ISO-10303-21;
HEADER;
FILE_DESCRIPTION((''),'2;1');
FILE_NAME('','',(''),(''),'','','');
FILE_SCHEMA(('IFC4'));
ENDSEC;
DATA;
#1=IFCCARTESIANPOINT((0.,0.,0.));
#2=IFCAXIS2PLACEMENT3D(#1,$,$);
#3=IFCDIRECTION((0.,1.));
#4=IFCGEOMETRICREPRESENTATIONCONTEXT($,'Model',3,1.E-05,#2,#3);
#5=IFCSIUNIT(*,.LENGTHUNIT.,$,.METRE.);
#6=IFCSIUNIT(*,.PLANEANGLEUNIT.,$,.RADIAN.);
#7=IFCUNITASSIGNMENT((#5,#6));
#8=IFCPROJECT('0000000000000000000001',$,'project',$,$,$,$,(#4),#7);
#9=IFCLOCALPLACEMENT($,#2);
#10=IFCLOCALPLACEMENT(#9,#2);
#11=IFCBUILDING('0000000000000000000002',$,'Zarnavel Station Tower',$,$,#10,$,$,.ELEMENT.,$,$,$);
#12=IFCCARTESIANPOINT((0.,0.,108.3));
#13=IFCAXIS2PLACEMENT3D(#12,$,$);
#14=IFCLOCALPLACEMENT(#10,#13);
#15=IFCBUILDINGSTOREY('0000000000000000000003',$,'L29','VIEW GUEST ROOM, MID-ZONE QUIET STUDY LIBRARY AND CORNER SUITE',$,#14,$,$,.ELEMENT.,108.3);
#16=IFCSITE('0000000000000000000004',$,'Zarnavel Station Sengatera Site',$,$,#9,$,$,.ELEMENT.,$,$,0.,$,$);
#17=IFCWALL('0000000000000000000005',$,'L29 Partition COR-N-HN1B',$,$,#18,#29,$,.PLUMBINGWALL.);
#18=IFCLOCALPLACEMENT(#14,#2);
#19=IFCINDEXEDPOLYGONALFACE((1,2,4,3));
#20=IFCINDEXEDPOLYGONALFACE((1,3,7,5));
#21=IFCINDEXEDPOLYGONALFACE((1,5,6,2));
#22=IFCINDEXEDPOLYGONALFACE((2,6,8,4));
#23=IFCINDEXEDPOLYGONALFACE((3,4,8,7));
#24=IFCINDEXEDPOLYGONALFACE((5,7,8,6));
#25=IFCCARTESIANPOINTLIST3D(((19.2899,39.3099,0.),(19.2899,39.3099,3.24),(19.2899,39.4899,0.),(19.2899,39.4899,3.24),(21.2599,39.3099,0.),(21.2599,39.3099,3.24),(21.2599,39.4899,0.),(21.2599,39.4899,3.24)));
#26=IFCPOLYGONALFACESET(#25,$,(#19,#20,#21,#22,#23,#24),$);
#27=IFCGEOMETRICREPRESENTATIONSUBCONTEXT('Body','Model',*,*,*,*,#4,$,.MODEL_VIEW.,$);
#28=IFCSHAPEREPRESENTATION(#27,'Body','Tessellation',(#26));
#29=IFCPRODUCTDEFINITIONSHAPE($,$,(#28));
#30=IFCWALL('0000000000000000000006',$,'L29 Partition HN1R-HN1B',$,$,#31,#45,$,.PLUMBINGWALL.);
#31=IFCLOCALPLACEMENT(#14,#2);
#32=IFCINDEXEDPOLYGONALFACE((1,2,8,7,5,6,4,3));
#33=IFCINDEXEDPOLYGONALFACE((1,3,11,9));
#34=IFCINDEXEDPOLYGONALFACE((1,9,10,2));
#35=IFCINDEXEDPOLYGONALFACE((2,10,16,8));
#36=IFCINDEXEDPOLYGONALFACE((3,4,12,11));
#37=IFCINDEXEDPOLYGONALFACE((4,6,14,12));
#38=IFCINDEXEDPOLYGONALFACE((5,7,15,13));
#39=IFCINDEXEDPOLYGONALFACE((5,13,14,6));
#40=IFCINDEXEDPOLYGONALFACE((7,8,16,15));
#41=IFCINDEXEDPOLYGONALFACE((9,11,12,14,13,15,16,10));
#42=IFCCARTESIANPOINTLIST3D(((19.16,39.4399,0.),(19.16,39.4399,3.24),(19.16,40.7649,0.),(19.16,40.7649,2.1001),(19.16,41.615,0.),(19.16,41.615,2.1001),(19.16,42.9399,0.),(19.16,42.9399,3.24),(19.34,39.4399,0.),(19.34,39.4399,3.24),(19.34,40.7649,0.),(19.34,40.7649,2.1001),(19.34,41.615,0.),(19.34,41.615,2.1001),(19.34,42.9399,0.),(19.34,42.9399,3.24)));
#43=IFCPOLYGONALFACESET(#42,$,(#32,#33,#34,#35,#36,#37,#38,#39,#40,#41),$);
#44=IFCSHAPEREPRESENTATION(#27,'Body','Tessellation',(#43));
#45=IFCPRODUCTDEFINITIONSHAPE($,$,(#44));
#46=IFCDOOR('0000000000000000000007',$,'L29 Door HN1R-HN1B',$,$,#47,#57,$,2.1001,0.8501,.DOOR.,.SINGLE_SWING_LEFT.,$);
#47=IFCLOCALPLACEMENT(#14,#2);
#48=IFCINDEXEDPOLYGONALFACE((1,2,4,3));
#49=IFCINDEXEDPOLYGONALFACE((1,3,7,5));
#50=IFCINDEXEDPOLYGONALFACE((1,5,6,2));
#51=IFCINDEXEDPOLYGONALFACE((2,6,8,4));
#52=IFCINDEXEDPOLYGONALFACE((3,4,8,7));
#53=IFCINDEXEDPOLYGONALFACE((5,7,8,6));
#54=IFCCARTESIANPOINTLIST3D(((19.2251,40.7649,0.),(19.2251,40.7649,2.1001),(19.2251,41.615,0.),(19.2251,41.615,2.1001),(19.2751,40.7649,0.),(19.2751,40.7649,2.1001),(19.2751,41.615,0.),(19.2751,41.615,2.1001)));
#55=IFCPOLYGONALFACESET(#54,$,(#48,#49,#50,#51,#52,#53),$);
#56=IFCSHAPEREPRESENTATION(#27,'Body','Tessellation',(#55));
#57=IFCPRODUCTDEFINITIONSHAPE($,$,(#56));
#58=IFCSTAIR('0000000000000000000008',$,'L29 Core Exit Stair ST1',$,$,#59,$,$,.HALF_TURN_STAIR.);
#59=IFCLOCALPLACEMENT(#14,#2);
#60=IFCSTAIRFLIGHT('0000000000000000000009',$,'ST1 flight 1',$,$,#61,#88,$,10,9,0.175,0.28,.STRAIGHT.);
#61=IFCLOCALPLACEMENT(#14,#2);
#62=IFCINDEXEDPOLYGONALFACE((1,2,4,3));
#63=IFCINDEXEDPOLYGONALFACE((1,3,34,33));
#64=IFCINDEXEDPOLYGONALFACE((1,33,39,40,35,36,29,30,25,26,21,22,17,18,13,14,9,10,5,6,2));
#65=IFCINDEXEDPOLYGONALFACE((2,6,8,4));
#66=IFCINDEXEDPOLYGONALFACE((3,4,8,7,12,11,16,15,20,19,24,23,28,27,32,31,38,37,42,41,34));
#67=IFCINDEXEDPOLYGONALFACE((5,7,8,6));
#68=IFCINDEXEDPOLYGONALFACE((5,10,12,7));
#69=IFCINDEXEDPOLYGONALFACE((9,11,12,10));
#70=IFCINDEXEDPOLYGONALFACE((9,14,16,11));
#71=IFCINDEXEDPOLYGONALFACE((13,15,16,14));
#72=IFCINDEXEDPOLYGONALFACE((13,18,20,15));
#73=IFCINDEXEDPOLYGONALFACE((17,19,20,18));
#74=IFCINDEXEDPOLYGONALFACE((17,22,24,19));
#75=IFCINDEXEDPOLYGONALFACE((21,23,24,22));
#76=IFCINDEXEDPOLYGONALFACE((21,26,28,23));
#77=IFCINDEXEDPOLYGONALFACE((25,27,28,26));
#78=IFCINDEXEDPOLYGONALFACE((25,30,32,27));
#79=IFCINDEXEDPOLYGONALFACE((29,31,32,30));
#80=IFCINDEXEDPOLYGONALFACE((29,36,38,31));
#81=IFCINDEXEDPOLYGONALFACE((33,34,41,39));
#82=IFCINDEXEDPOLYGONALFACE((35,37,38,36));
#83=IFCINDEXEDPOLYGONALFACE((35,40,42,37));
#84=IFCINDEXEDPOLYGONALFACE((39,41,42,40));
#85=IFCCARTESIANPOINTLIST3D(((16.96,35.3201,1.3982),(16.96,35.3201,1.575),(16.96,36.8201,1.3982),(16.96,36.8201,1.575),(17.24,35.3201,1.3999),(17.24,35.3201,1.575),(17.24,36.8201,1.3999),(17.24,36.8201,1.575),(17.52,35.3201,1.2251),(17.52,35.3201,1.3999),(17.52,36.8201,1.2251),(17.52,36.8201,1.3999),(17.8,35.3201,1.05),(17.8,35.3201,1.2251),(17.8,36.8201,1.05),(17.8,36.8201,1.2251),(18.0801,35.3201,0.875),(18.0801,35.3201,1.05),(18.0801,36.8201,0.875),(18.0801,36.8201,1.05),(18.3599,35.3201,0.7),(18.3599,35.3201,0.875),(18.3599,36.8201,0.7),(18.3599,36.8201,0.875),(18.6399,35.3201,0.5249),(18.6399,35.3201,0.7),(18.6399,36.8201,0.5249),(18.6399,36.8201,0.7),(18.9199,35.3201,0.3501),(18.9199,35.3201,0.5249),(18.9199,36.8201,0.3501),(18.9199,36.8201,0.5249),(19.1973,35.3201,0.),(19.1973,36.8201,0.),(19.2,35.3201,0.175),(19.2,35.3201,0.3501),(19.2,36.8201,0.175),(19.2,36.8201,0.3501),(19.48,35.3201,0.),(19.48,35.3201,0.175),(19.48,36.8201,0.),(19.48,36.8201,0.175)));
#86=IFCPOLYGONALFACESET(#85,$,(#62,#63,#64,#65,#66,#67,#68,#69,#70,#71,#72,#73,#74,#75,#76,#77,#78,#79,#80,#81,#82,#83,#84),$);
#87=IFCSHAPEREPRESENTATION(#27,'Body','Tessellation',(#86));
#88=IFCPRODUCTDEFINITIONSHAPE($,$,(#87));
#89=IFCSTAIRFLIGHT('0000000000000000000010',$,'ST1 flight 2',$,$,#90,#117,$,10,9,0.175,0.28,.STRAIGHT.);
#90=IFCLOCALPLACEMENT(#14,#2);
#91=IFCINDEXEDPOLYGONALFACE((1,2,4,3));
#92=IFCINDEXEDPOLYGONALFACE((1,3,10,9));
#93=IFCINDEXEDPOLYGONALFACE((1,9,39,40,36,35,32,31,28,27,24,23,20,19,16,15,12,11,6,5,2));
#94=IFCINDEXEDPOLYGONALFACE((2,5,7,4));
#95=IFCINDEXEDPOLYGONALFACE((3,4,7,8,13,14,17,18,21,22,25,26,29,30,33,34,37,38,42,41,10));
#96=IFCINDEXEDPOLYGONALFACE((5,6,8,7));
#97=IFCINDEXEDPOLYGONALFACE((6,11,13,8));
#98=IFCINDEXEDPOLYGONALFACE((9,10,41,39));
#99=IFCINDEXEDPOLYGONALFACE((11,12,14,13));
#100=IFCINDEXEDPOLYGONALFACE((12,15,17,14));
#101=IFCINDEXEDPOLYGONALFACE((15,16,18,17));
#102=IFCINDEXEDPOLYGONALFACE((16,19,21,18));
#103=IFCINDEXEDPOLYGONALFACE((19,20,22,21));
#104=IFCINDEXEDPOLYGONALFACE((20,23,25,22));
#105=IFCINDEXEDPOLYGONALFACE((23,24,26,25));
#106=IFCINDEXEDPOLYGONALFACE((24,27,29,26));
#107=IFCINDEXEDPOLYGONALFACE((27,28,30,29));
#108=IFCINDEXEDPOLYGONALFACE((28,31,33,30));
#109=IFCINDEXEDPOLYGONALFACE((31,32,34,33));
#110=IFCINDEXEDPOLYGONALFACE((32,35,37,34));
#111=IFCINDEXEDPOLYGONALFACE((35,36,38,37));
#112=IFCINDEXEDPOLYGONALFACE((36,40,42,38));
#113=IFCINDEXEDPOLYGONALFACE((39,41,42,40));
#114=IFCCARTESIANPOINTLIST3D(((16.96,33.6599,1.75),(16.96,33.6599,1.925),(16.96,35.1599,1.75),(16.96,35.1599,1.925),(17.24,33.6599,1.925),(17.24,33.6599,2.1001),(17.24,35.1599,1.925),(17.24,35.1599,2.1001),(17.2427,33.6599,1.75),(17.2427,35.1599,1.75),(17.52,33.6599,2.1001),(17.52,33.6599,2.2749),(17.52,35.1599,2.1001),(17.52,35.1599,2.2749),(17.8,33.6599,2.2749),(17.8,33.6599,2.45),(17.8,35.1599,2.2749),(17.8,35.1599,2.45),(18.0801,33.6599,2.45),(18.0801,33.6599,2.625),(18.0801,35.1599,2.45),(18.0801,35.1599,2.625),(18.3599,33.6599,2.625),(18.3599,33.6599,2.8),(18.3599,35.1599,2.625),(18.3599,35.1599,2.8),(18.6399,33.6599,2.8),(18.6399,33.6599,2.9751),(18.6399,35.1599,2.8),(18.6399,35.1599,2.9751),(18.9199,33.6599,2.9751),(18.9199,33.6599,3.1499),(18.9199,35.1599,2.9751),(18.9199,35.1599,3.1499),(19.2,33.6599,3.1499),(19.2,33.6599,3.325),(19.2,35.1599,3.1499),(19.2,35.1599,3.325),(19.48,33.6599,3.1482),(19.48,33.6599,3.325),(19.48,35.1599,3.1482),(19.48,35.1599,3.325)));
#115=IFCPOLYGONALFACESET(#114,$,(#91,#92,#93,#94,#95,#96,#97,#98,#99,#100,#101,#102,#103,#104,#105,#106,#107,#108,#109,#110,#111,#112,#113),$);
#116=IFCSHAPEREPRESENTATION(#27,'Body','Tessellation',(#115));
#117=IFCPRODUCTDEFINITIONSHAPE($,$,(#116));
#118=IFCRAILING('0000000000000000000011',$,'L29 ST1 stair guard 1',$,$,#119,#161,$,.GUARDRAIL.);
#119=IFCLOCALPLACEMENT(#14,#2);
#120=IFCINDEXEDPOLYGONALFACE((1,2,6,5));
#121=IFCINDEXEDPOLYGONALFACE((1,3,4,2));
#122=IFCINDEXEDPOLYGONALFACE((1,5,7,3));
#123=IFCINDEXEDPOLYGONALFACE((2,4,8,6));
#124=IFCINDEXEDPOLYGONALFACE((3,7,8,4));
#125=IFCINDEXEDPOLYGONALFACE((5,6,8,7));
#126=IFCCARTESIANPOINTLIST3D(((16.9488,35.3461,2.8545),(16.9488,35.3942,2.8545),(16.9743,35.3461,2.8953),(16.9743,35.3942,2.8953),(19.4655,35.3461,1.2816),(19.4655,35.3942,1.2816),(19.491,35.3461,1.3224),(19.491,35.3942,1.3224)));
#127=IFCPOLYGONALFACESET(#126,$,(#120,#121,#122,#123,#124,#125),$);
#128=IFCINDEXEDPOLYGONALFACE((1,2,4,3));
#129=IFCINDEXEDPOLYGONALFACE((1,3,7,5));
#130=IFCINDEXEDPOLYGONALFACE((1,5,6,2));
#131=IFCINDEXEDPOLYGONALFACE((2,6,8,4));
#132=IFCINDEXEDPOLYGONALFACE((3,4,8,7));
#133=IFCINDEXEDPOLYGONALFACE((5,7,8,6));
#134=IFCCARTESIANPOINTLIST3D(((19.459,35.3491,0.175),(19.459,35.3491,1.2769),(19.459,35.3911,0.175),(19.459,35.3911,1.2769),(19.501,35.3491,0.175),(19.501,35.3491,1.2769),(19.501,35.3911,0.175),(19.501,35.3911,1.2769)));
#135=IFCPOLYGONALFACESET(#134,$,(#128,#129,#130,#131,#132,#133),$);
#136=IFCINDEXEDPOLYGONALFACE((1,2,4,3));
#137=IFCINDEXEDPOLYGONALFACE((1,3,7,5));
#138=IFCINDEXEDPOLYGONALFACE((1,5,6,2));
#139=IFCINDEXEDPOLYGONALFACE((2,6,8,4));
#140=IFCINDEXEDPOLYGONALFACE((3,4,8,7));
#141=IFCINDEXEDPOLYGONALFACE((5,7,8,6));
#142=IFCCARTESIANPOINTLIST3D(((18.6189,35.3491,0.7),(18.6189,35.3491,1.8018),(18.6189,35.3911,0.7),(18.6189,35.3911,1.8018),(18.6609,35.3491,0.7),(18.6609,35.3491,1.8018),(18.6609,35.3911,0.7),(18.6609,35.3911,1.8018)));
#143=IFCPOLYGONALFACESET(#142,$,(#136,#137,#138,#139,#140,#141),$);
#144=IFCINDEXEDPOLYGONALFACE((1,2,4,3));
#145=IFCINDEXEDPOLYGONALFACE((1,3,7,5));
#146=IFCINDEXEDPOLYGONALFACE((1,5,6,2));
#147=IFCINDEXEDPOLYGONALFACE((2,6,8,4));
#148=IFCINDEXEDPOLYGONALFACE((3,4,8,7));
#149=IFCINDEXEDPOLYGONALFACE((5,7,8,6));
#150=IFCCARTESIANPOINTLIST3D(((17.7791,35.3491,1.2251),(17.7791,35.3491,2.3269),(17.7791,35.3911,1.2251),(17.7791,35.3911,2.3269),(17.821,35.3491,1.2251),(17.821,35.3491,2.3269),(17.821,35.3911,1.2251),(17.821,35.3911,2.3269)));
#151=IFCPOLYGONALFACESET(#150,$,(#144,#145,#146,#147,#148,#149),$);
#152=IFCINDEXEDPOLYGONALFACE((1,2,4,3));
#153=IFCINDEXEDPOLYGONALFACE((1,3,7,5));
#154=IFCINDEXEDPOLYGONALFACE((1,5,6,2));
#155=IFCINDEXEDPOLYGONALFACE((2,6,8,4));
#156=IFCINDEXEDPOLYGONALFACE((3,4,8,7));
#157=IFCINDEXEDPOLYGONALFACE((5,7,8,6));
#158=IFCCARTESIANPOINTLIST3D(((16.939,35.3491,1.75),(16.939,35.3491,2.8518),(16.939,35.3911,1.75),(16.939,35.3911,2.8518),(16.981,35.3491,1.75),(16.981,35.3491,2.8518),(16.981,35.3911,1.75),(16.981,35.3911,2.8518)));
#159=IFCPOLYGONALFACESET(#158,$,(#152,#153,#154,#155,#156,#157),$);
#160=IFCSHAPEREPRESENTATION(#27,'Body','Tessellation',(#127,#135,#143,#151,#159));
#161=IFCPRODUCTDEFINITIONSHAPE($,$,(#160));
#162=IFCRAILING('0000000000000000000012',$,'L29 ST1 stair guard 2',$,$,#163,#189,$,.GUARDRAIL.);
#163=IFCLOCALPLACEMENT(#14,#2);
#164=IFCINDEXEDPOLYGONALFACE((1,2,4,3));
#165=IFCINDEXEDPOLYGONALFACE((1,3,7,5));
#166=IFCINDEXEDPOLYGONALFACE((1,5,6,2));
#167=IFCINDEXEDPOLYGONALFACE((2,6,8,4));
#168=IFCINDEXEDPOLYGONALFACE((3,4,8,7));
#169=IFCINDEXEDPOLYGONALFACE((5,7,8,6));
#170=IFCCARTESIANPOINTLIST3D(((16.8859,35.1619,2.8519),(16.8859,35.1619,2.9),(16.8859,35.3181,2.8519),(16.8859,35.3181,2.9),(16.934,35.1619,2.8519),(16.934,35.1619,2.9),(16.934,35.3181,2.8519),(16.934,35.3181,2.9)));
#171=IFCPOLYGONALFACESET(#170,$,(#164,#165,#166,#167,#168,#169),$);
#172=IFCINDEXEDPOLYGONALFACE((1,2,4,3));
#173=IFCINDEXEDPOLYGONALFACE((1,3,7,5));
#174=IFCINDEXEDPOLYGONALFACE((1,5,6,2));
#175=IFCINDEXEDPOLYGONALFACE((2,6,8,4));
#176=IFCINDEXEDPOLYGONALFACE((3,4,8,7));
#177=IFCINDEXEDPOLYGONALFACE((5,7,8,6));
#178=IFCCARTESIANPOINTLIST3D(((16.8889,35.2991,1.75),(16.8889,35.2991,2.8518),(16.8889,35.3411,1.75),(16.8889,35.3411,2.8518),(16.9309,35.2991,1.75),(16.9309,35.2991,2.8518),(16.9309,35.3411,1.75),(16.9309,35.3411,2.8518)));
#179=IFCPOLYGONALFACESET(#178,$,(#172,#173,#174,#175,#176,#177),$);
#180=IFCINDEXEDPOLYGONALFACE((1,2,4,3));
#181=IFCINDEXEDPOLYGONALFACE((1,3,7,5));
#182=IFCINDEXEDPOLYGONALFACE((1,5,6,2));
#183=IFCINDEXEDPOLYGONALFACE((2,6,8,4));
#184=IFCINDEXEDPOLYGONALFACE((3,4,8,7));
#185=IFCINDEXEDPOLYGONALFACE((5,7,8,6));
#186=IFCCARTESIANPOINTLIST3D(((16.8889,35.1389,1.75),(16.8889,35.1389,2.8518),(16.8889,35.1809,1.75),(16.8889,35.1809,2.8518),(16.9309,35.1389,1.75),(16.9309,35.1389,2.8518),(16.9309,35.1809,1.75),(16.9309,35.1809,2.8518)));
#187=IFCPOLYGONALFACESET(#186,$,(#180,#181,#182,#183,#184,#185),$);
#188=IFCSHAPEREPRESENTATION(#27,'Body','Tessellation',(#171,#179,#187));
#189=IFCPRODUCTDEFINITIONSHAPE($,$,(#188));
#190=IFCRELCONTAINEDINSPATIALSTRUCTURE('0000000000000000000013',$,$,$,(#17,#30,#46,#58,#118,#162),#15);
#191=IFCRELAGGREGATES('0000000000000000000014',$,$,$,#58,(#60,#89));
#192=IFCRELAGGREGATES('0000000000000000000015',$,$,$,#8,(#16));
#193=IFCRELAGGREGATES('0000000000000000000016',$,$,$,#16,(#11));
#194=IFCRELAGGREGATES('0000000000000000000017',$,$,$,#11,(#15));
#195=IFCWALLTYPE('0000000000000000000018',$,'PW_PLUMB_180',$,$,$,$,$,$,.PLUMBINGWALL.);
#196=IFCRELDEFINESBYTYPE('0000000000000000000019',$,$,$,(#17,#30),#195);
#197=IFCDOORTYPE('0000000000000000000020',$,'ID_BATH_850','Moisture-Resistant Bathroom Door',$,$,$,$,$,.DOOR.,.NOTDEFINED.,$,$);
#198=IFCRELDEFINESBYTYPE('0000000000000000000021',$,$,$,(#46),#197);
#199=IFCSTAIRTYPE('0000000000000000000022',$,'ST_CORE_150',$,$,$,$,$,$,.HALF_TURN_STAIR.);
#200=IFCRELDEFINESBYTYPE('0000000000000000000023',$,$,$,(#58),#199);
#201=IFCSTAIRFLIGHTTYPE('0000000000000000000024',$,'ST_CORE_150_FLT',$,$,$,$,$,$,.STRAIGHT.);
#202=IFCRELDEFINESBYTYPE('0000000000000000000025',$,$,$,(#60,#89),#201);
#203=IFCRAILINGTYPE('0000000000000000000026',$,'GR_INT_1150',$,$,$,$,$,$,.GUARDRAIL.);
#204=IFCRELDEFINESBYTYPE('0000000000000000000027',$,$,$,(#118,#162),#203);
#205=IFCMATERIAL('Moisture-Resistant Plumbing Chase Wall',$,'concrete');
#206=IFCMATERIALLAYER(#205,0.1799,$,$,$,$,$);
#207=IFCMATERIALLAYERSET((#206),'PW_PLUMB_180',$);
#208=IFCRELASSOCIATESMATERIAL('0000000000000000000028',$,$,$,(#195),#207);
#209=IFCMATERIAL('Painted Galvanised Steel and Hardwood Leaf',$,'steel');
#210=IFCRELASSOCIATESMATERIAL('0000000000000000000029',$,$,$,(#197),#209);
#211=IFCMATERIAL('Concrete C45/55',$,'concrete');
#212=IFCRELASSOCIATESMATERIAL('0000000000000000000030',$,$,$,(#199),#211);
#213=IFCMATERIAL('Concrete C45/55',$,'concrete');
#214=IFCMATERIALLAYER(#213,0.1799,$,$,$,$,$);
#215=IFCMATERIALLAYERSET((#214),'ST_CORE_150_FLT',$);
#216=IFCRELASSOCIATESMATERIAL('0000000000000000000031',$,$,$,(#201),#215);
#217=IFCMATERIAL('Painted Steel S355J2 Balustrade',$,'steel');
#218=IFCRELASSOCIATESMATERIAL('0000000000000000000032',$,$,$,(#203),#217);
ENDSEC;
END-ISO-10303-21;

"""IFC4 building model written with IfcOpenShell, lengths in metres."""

from ifc_helpers import new_model, si_unit, direction, frame, frame_2d, origin, origin_2d, place, context, subcontext, project, spatial, polyline, rectangle, outline, extrude, material, layer, layer_set, type_object, element, fill, aggregate, save


model = new_model("IFC4")

# Units and contexts
model_context = context("Model", 3, precision=1e-05, world=origin(), true_north=direction((0.0, 1.0)))
body_context = subcontext(model_context, "Body", "Model", "MODEL_VIEW")
ifc_project = project(units=[si_unit("LENGTHUNIT", "METRE"), si_unit("PLANEANGLEUNIT", "RADIAN")], contexts=[model_context])

# Site, building, storey
site_placement = place(None, origin())
site = spatial("IfcSite", under=ifc_project, at=site_placement, Name="Zarnavel Station Sengatera Site", CompositionType="ELEMENT", RefElevation=0.0)
building_placement = place(site_placement, origin())
building = spatial("IfcBuilding", under=site, at=building_placement, Name="Zarnavel Station Tower", CompositionType="ELEMENT")
storey_placement = place(building_placement, frame((0.0, 0.0, 108.3)))
storey = spatial("IfcBuildingStorey", under=building, at=storey_placement, Name="L29", Description="VIEW GUEST ROOM, MID-ZONE QUIET STUDY LIBRARY AND CORNER SUITE", CompositionType="ELEMENT", Elevation=108.3)

# Wall
ifc_material_1 = material(Name="Moisture-Resistant Plumbing Chase Wall", Category="concrete")
ifc_layer_1 = layer(ifc_material_1, 0.1799)
ifc_layer_set_1 = layer_set([ifc_layer_1], Name="PW_PLUMB_180")
wall_type_1 = type_object("IfcWallType", Name="PW_PLUMB_180", PredefinedType="PLUMBINGWALL", material=ifc_layer_set_1)
wall_1_placement = place(storey_placement, frame((19.29, 39.3999, 0.0), z_axis=(0.0, 0.0, 1.0), x_axis=(1.0, 0.0, 0.0)))
element("IfcWall", 1, at=wall_1_placement, inside=storey, type_object=wall_type_1, Name="L29 Partition COR-N-HN1B", PredefinedType="PLUMBINGWALL", context=body_context, shape_type="SweptSolid", body=[
    extrude(rectangle(XDim=1.97, YDim=0.1799, at=frame_2d((0.9849, 0.0))), origin(), (0.0, 0.0, 1.0), 3.24),
])

# Wall, opening, door
wall_2_placement = place(storey_placement, frame((19.25, 39.4399, 0.0), z_axis=(0.0, 0.0, 1.0), x_axis=(0.0, 1.0, 0.0)))
wall_2 = element("IfcWall", 2, at=wall_2_placement, inside=storey, type_object=wall_type_1, Name="L29 Partition HN1R-HN1B", PredefinedType="PLUMBINGWALL", context=body_context, shape_type="SweptSolid", body=[
    extrude(rectangle(XDim=3.5, YDim=0.1799, at=frame_2d((1.75, 0.0))), origin(), (0.0, 0.0, 1.0), 3.24),
])
opening_1_placement = place(wall_2_placement, frame((1.325, 0.0, 0.0)))
opening_1 = element("IfcOpeningElement", 3, at=opening_1_placement, cuts=wall_2, PredefinedType="OPENING", context=body_context, shape_type="SweptSolid", body=[
    extrude(rectangle(XDim=0.8501, YDim=2.1001, at=frame_2d((0.425, 1.05))), frame((0.0, 0.0999, 0.0), z_axis=(0.0, -1.0, 0.0), x_axis=(1.0, 0.0, 0.0)), (0.0, 0.0, 1.0), 0.2),
])
ifc_material_2 = material(Name="Painted Galvanised Steel and Hardwood Leaf", Category="steel")
door_type_1 = type_object("IfcDoorType", Name="ID_BATH_850", Description="Moisture-Resistant Bathroom Door", OperationType="NOTDEFINED", PredefinedType="DOOR", material=ifc_material_2)
door_1_placement = place(opening_1_placement, origin())
door_1 = element("IfcDoor", 4, at=door_1_placement, inside=storey, type_object=door_type_1, Name="L29 Door HN1R-HN1B", OperationType="SINGLE_SWING_LEFT", OverallHeight=2.1001, OverallWidth=0.8501, PredefinedType="DOOR", context=body_context, shape_type="SweptSolid", body=[
    extrude(rectangle(XDim=0.8501, YDim=2.1001, at=frame_2d((0.425, 1.05))), frame((0.0, 0.0249, 0.0), z_axis=(0.0, -1.0, 0.0), x_axis=(1.0, 0.0, 0.0)), (0.0, 0.0, 1.0), 0.05),
])
fill(opening_1, door_1)

# Stair, stair flights
ifc_material_3 = material(Name="Concrete C45/55", Category="concrete")
stair_type = type_object("IfcStairType", Name="ST_CORE_150", PredefinedType="HALF_TURN_STAIR", material=ifc_material_3)
stair_placement = place(storey_placement, origin())
stair = element("IfcStair", 5, at=stair_placement, inside=storey, type_object=stair_type, Name="L29 Core Exit Stair ST1", PredefinedType="HALF_TURN_STAIR")
ifc_material_4 = material(Name="Concrete C45/55", Category="concrete")
ifc_layer_2 = layer(ifc_material_4, 0.1799)
ifc_layer_set_2 = layer_set([ifc_layer_2], Name="ST_CORE_150_FLT")
stair_flight_type = type_object("IfcStairFlightType", Name="ST_CORE_150_FLT", PredefinedType="STRAIGHT", material=ifc_layer_set_2)
stair_flight_1_placement = place(storey_placement, frame((19.48, 36.0701, 0.0), z_axis=(0.0, 0.0, 1.0), x_axis=(-1.0, 0.0, 0.0)))
stair_flight_1 = element("IfcStairFlight", 6, at=stair_flight_1_placement, type_object=stair_flight_type, Name="ST1 flight 1", NumberOfRisers=10, NumberOfTreads=9, PredefinedType="STRAIGHT", RiserHeight=0.175, TreadLength=0.28, context=body_context, shape_type="SweptSolid", body=[
    extrude(outline(polyline([(0.0, 0.0), (0.0, 0.175), (0.28, 0.175), (0.28, 0.3501), (0.5601, 0.3501), (0.5601, 0.5249), (0.8401, 0.5249), (0.8401, 0.7), (1.1201, 0.7), (1.1201, 0.875), (1.3999, 0.875), (1.3999, 1.05), (1.6799, 1.05), (1.6799, 1.2251), (1.96, 1.2251), (1.96, 1.3999), (2.24, 1.3999), (2.24, 1.575), (2.52, 1.575), (2.52, 1.75), (2.52, 1.3982), (0.2827, 0.0), (0.0, 0.0)])), frame((0.0, 0.75, 0.0), z_axis=(0.0, -1.0, 0.0), x_axis=(1.0, 0.0, 0.0)), (0.0, 0.0, 1.0), 1.5),
])
stair_flight_2_placement = place(storey_placement, frame((16.96, 34.4099, 1.75), z_axis=(0.0, 0.0, 1.0), x_axis=(1.0, 0.0, 0.0)))
stair_flight_2 = element("IfcStairFlight", 7, at=stair_flight_2_placement, type_object=stair_flight_type, Name="ST1 flight 2", NumberOfRisers=10, NumberOfTreads=9, PredefinedType="STRAIGHT", RiserHeight=0.175, TreadLength=0.28, context=body_context, shape_type="SweptSolid", body=[
    extrude(outline(polyline([(0.0, 0.0), (0.0, 0.175), (0.28, 0.175), (0.28, 0.3501), (0.5601, 0.3501), (0.5601, 0.5249), (0.8401, 0.5249), (0.8401, 0.7), (1.1201, 0.7), (1.1201, 0.875), (1.3999, 0.875), (1.3999, 1.05), (1.6799, 1.05), (1.6799, 1.2251), (1.96, 1.2251), (1.96, 1.3999), (2.24, 1.3999), (2.24, 1.575), (2.52, 1.575), (2.52, 1.75), (2.52, 1.3982), (0.2827, 0.0), (0.0, 0.0)])), frame((0.0, 0.75, 0.0), z_axis=(0.0, -1.0, 0.0), x_axis=(1.0, 0.0, 0.0)), (0.0, 0.0, 1.0), 1.5),
])
aggregate(stair, [stair_flight_1, stair_flight_2])

# Railings
ifc_material_5 = material(Name="Painted Steel S355J2 Balustrade", Category="steel")
railing_type_1 = type_object("IfcRailingType", Name="GR_INT_1150", PredefinedType="GUARDRAIL", material=ifc_material_5)
railing_1_placement = place(storey_placement, frame((19.48, 35.3701, 0.175)))
element("IfcRailing", 8, at=railing_1_placement, inside=storey, type_object=railing_type_1, Name="L29 ST1 stair guard 1", PredefinedType="GUARDRAIL", context=body_context, shape_type="SweptSolid", body=[
    extrude(rectangle(XDim=0.0481, YDim=0.0481, at=origin_2d()), frame((-0.0017, 0.0, 1.127), z_axis=(-0.848008, 0.0, 0.529984), x_axis=(0.0, -1.0, 0.0)), (0.0, 0.0, 1.0), 2.9678),
    extrude(rectangle(XDim=0.042, YDim=0.042, at=origin_2d()), origin(), (0.0, 0.0, 1.0), 1.1018),
    extrude(rectangle(XDim=0.042, YDim=0.042, at=origin_2d()), frame((-0.8401, 0.0, 0.5249)), (0.0, 0.0, 1.0), 1.1018),
    extrude(rectangle(XDim=0.042, YDim=0.042, at=origin_2d()), frame((-1.6799, 0.0, 1.05)), (0.0, 0.0, 1.0), 1.1018),
    extrude(rectangle(XDim=0.042, YDim=0.042, at=origin_2d()), frame((-2.52, 0.0, 1.575)), (0.0, 0.0, 1.0), 1.1018),
])
railing_2_placement = place(storey_placement, frame((16.9099, 35.3201, 1.75)))
element("IfcRailing", 9, at=railing_2_placement, inside=storey, type_object=railing_type_1, Name="L29 ST1 stair guard 2", PredefinedType="GUARDRAIL", context=body_context, shape_type="SweptSolid", body=[
    extrude(rectangle(XDim=0.0481, YDim=0.0481, at=origin_2d()), frame((0.0, -0.002, 1.126), z_axis=(0.0, -1.0, 0.0), x_axis=(1.0, 0.0, 0.0)), (0.0, 0.0, 1.0), 0.1562),
    extrude(rectangle(XDim=0.042, YDim=0.042, at=origin_2d()), origin(), (0.0, 0.0, 1.0), 1.1018),
    extrude(rectangle(XDim=0.042, YDim=0.042, at=origin_2d()), frame((0.0, -0.1602, 0.0)), (0.0, 0.0, 1.0), 1.1018),
])

save(model, "model.ifc")
